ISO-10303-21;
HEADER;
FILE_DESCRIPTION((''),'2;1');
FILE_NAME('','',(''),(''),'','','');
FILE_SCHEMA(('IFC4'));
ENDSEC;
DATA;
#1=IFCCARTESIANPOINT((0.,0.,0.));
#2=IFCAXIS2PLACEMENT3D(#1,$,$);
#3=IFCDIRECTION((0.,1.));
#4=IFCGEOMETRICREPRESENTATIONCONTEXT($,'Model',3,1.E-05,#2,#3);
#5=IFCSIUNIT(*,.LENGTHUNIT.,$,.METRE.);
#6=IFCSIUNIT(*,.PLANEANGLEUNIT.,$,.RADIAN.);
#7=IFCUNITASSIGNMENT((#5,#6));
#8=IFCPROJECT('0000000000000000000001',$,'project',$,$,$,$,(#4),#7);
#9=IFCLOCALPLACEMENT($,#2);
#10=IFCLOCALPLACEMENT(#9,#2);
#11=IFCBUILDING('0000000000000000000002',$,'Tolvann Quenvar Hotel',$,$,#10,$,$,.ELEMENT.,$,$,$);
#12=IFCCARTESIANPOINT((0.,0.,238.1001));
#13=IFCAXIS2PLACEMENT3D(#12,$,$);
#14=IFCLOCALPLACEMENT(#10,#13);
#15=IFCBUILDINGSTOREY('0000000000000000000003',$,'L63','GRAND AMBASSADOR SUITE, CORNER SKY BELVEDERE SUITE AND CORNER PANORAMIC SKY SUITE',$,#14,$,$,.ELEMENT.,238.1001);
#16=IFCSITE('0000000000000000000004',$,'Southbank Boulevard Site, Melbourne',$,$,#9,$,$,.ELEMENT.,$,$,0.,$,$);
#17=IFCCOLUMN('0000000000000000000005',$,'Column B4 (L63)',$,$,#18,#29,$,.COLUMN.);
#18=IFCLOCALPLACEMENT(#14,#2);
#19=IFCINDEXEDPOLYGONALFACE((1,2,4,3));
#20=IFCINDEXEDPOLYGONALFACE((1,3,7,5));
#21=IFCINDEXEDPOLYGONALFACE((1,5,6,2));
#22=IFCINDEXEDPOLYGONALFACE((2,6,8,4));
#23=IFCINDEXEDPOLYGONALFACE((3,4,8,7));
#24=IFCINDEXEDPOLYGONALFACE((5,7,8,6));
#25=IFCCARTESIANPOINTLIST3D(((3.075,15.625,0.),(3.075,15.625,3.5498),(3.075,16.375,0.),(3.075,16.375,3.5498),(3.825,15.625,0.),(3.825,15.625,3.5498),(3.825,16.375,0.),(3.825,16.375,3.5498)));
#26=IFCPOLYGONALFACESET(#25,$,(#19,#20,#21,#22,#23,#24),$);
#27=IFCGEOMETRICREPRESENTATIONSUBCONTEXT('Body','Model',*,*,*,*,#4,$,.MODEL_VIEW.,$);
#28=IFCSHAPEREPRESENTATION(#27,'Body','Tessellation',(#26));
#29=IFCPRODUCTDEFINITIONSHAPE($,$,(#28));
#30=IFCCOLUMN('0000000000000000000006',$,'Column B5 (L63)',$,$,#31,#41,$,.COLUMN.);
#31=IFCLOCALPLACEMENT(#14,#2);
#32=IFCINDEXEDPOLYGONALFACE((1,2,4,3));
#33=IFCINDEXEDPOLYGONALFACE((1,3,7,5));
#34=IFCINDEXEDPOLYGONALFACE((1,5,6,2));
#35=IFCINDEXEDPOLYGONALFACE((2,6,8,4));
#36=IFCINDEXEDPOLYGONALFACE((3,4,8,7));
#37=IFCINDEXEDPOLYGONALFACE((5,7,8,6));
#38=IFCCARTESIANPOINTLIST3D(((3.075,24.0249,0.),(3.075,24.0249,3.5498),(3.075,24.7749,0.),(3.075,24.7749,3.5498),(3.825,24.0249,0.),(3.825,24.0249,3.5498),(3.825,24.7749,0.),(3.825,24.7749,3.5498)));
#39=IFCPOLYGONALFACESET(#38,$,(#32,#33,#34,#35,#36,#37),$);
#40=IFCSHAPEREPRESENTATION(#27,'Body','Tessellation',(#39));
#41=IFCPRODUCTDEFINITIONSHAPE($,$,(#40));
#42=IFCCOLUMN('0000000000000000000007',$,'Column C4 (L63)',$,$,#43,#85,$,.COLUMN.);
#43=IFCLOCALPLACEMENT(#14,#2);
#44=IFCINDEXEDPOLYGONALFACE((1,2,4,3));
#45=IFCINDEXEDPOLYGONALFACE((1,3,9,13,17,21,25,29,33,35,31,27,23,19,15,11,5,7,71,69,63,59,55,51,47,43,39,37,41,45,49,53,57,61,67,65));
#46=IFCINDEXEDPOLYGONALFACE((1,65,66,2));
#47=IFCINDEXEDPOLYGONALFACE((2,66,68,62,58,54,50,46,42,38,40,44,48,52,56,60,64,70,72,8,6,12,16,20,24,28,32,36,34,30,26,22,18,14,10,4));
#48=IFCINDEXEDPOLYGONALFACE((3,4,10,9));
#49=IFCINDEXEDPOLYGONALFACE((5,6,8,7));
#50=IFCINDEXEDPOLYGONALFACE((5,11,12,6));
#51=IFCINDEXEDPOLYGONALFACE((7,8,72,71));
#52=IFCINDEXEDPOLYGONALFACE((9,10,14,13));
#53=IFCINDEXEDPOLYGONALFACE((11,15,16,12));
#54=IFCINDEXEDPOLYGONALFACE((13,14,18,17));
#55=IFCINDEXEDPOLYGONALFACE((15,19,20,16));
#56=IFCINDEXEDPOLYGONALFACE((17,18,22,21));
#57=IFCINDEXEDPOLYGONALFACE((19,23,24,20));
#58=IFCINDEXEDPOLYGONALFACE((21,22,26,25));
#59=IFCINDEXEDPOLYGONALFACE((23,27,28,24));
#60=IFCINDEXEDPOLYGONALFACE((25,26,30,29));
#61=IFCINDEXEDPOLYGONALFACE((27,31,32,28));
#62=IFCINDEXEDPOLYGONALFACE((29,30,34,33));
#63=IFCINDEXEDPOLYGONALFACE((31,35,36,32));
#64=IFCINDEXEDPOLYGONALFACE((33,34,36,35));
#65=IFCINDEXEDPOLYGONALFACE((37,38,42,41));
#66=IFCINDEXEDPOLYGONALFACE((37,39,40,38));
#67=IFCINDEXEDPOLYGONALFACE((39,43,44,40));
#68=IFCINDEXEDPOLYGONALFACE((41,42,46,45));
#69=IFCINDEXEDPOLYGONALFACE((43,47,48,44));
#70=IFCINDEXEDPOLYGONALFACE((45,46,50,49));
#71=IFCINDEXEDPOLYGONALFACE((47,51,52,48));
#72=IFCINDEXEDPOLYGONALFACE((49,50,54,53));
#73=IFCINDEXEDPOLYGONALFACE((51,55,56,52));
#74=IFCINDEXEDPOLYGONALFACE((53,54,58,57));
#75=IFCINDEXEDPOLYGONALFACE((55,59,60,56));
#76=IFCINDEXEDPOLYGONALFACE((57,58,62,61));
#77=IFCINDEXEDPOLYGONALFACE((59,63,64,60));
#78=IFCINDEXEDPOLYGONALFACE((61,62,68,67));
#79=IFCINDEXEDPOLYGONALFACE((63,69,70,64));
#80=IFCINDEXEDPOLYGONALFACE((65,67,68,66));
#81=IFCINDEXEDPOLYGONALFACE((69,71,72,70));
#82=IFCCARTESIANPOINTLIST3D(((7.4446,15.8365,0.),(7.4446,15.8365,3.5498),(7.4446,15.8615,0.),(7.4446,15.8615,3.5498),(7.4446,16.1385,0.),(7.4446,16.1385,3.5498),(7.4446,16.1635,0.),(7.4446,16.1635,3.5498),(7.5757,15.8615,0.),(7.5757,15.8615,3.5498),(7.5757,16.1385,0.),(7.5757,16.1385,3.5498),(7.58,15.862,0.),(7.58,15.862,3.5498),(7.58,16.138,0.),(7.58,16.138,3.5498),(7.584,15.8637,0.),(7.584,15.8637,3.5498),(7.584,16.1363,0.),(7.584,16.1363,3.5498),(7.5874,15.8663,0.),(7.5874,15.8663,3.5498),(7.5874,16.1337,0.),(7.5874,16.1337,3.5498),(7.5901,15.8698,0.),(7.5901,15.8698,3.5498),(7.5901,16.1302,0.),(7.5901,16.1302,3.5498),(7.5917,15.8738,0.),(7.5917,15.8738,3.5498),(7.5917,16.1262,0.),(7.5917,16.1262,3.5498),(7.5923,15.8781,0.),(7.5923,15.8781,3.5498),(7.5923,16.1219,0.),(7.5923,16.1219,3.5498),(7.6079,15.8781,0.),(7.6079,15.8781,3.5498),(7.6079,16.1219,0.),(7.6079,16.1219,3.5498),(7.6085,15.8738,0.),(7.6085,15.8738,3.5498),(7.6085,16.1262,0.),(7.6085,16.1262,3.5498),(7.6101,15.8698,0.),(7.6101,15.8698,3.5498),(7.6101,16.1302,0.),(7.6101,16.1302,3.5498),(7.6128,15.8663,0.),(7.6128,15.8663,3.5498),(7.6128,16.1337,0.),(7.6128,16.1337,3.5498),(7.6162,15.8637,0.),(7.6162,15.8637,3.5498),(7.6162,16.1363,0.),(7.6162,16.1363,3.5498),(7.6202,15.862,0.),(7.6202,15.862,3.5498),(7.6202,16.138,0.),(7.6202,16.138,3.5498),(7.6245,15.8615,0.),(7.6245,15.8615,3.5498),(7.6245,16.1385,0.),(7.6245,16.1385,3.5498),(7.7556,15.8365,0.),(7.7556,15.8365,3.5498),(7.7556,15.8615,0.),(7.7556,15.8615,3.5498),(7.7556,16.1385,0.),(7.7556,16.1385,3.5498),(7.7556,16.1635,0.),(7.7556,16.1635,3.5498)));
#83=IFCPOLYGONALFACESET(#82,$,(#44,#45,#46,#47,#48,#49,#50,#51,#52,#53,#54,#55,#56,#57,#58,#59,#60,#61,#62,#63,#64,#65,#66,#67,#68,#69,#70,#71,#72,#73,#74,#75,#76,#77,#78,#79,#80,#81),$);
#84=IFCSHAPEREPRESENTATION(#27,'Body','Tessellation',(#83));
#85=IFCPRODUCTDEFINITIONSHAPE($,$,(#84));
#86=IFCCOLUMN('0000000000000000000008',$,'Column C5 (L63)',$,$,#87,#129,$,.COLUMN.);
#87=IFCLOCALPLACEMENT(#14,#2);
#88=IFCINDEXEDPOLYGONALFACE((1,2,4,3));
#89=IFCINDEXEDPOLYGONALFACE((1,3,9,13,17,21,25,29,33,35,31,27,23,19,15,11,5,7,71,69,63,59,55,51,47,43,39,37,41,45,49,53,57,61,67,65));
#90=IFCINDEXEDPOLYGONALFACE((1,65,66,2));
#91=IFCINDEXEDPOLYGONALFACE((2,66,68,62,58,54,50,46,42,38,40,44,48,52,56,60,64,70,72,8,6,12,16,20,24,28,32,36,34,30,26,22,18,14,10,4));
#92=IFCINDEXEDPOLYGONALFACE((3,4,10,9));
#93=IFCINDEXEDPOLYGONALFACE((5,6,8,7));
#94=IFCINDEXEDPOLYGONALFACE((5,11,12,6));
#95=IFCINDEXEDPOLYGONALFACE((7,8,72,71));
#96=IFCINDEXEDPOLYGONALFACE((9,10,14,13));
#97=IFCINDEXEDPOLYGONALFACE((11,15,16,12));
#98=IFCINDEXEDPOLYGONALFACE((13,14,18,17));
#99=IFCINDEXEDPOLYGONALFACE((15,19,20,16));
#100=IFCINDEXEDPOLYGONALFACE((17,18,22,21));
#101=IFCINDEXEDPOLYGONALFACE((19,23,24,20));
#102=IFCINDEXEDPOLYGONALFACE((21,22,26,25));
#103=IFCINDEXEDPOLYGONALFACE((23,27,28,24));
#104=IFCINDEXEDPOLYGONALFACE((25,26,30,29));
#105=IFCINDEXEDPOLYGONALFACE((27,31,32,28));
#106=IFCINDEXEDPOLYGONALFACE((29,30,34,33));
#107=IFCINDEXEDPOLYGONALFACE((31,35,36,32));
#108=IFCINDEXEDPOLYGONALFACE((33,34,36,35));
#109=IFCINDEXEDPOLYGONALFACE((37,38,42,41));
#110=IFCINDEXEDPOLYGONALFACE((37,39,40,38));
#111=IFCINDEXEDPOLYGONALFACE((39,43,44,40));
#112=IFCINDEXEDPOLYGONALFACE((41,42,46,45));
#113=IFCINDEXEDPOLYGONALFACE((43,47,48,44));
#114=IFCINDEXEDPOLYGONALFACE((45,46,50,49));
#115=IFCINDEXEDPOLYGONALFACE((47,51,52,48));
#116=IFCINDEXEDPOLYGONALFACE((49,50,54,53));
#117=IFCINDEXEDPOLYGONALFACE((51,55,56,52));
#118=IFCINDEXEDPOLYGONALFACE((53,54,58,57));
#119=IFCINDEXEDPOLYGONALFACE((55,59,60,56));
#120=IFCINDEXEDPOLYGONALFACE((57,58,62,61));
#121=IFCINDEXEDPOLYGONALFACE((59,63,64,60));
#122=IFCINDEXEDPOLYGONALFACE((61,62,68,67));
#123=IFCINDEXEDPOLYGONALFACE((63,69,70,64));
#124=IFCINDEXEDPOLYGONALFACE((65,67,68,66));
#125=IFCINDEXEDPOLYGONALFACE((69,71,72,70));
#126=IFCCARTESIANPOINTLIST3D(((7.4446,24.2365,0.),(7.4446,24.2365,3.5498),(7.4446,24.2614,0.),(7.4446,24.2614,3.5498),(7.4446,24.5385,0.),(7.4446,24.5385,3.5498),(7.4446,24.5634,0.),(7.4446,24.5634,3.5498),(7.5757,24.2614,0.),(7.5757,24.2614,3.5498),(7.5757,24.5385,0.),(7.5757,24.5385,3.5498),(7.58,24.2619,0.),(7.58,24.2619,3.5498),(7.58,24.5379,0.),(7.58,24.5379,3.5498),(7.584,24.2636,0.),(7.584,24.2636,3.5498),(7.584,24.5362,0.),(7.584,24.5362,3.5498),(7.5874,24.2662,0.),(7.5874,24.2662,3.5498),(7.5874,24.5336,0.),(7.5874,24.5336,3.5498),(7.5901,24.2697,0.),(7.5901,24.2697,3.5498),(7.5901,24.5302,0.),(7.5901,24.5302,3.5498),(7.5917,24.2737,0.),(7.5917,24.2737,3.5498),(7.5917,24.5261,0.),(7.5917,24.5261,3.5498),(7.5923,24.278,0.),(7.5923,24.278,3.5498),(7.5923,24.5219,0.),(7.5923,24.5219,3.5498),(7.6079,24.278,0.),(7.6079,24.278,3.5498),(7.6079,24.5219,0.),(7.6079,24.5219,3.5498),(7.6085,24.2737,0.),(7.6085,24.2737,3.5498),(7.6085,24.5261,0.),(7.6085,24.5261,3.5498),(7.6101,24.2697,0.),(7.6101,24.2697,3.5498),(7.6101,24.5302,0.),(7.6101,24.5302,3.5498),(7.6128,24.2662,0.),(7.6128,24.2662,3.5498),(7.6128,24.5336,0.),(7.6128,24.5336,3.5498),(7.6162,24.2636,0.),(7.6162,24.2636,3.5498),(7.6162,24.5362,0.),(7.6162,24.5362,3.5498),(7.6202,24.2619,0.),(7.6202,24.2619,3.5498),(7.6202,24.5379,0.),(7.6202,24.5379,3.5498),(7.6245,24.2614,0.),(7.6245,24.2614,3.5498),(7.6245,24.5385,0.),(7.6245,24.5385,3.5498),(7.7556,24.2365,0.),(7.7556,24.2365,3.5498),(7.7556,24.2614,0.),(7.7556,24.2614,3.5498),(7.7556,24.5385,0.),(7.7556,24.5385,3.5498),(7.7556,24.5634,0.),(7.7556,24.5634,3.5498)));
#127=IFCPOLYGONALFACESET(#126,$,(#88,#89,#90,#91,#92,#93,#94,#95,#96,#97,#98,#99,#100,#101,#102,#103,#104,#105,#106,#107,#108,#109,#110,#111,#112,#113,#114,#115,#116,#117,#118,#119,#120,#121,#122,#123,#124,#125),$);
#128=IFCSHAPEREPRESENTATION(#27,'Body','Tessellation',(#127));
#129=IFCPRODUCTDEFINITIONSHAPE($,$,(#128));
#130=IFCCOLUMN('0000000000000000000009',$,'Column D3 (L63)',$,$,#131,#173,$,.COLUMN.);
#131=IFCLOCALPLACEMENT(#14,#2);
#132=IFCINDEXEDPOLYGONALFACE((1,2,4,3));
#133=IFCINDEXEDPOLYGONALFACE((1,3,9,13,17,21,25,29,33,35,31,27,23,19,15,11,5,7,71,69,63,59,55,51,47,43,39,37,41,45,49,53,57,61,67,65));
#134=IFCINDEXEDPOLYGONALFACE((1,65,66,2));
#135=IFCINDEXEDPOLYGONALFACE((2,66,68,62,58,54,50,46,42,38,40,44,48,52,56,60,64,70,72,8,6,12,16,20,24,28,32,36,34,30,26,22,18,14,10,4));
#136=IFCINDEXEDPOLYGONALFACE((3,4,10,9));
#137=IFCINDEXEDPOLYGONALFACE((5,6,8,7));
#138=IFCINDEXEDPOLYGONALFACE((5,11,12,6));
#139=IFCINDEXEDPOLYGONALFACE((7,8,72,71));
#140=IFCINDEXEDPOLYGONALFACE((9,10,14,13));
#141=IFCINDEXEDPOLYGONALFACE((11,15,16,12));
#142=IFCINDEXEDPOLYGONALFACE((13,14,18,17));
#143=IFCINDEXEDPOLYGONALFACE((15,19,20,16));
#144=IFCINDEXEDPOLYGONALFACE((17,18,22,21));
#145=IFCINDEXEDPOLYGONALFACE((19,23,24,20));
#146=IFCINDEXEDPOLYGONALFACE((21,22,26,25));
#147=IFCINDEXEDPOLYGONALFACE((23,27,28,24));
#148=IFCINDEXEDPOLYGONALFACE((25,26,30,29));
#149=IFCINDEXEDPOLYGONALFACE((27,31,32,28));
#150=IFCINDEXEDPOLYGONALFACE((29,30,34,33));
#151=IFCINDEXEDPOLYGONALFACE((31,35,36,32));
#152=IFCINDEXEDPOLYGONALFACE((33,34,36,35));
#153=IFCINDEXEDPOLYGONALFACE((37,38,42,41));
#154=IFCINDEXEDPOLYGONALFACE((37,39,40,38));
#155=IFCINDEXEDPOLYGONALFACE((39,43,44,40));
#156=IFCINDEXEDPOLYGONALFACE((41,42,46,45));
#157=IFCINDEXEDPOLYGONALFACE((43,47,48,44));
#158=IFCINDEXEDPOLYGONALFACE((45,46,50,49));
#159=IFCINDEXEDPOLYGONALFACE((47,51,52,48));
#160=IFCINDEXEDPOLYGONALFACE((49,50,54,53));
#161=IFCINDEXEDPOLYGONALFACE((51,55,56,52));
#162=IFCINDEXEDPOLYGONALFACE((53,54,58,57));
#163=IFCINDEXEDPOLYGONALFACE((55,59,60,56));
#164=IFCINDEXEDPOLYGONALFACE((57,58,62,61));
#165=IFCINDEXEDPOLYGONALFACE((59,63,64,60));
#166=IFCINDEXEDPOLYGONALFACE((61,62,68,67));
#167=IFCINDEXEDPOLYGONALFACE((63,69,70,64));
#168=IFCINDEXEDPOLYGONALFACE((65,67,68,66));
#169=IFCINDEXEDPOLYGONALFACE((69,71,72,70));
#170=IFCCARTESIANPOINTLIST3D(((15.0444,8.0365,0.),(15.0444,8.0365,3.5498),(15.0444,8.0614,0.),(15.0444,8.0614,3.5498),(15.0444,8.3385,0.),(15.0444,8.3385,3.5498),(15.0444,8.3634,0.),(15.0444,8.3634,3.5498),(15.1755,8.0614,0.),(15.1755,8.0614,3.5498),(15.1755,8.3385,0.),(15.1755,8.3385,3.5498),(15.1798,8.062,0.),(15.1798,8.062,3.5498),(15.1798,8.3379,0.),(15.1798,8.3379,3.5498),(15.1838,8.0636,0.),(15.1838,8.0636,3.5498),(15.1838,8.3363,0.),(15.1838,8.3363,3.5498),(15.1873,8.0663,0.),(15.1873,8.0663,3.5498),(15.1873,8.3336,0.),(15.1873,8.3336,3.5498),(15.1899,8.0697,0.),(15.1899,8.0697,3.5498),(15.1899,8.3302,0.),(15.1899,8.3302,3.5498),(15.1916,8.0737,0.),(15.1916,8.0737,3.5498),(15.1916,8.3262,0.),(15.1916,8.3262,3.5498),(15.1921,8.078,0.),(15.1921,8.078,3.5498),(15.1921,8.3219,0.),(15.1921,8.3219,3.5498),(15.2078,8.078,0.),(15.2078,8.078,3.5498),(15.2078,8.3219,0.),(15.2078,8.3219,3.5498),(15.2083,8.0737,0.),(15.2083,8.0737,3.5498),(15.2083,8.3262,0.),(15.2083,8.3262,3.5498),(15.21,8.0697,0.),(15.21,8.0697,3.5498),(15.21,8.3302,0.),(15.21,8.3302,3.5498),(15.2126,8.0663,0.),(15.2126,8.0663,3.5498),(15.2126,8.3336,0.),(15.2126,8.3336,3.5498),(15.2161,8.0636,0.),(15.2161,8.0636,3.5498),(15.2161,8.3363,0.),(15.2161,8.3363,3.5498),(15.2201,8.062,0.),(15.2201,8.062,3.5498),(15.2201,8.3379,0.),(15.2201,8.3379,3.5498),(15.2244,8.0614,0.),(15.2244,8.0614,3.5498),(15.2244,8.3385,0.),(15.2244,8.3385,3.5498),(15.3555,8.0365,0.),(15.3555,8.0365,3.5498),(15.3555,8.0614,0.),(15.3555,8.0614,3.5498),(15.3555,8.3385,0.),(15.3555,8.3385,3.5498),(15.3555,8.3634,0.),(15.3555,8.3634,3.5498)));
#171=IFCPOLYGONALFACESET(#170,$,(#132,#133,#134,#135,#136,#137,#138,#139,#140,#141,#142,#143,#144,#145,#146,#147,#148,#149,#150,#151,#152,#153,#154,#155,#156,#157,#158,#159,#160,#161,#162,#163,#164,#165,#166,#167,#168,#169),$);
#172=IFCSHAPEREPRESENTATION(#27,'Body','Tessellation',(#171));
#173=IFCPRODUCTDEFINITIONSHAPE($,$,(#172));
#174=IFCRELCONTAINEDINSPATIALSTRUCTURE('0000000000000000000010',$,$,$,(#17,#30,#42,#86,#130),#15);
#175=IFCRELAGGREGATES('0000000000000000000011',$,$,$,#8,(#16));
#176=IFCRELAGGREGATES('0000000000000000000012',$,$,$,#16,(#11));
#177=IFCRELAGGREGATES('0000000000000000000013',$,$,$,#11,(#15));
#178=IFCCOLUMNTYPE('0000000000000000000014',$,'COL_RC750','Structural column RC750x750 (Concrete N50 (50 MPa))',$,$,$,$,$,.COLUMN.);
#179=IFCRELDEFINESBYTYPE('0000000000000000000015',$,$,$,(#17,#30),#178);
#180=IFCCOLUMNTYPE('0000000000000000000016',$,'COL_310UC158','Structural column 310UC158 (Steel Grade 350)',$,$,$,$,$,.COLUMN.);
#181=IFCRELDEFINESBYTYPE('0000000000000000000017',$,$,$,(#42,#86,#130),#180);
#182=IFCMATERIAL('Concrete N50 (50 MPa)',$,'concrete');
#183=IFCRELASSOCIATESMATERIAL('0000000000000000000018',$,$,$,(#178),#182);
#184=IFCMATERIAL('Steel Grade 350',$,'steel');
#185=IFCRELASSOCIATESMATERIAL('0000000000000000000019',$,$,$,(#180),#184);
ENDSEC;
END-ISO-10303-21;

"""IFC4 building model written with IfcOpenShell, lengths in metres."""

from ifc_helpers import new_model, si_unit, direction, frame, origin, origin_2d, place, context, subcontext, project, spatial, rectangle, i_section, extrude, source, transform, mapped, material, material_profile, profile_set, type_object, type_shapes, element, save


model = new_model("IFC4")

# Units and contexts
model_context = context("Model", 3, precision=1e-05, world=origin(), true_north=direction((0.0, 1.0)))
body_context = subcontext(model_context, "Body", "Model", "MODEL_VIEW")
ifc_project = project(units=[si_unit("LENGTHUNIT", "METRE"), si_unit("PLANEANGLEUNIT", "RADIAN")], contexts=[model_context])

# Site, building, storey
site_placement = place(None, origin())
site = spatial("IfcSite", under=ifc_project, at=site_placement, Name="Southbank Boulevard Site, Melbourne", CompositionType="ELEMENT", RefElevation=0.0)
building_placement = place(site_placement, origin())
building = spatial("IfcBuilding", under=site, at=building_placement, Name="Tolvann Quenvar Hotel", CompositionType="ELEMENT")
storey_placement = place(building_placement, frame((0.0, 0.0, 238.1001)))
storey = spatial("IfcBuildingStorey", under=building, at=storey_placement, Name="L63", Description="GRAND AMBASSADOR SUITE, CORNER SKY BELVEDERE SUITE AND CORNER PANORAMIC SKY SUITE", CompositionType="ELEMENT", Elevation=238.1001)

# Columns
ifc_material_1 = material(Name="Concrete N50 (50 MPa)", Category="concrete")
ifc_material_profile_1 = material_profile(ifc_material_1, rectangle(XDim=0.75, YDim=0.75, at=origin_2d()), Name="RC750x750")
ifc_profile_set_1 = profile_set([ifc_material_profile_1], Name="Concrete N50 (50 MPa)")
column_type_1 = type_object("IfcColumnType", Name="COL_RC750", Description="Structural column RC750x750 (Concrete N50 (50 MPa))", PredefinedType="COLUMN", material=ifc_profile_set_1)
shared_shape_1 = source(origin(), body_context, "Body", "SweptSolid", [
    extrude(rectangle(XDim=0.75, YDim=0.75, at=origin_2d()), origin(), (0.0, 0.0, 1.0), 3.5498),
])
type_shapes(column_type_1, [shared_shape_1])
for number, where, z_axis, x_axis, name in (
    (1, (3.45, 16.0, 0.0), (0.0, 0.0, 1.0), (1.0, 0.0, 0.0), "Column B4 (L63)"),
    (2, (3.45, 24.3999, 0.0), (0.0, 0.0, 1.0), (1.0, 0.0, 0.0), "Column B5 (L63)"),
):
    element("IfcColumn", number, at=place(storey_placement, frame(where, z_axis=z_axis, x_axis=x_axis)), inside=storey, type_object=column_type_1, Name=name, PredefinedType="COLUMN", context=body_context, shape_type="MappedRepresentation", body=[
        mapped(shared_shape_1, transform((0.0, 0.0, 0.0), x_axis=(1.0, 0.0, 0.0), y_axis=(0.0, 1.0, 0.0), z_axis=(0.0, 0.0, 1.0), scale=1.0)),
    ])
ifc_material_2 = material(Name="Steel Grade 350", Category="steel")
ifc_material_profile_2 = material_profile(ifc_material_2, i_section(OverallWidth=0.311, OverallDepth=0.3269, WebThickness=0.0156, FlangeThickness=0.0249, FilletRadius=0.0166, at=origin_2d()), Name="310UC158")
ifc_profile_set_2 = profile_set([ifc_material_profile_2], Name="Steel Grade 350")
column_type_2 = type_object("IfcColumnType", Name="COL_310UC158", Description="Structural column 310UC158 (Steel Grade 350)", PredefinedType="COLUMN", material=ifc_profile_set_2)
shared_shape_2 = source(origin(), body_context, "Body", "SweptSolid", [
    extrude(i_section(OverallWidth=0.311, OverallDepth=0.3269, WebThickness=0.0156, FlangeThickness=0.0249, FilletRadius=0.0166, at=origin_2d()), origin(), (0.0, 0.0, 1.0), 3.5498),
])
type_shapes(column_type_2, [shared_shape_2])
for number, where, z_axis, x_axis, name in (
    (3, (7.6001, 16.0, 0.0), (0.0, 0.0, 1.0), (1.0, 0.0, 0.0), "Column C4 (L63)"),
    (4, (7.6001, 24.3999, 0.0), (0.0, 0.0, 1.0), (1.0, 0.0, 0.0), "Column C5 (L63)"),
    (5, (15.2, 8.2, 0.0), (0.0, 0.0, 1.0), (1.0, 0.0, 0.0), "Column D3 (L63)"),
):
    element("IfcColumn", number, at=place(storey_placement, frame(where, z_axis=z_axis, x_axis=x_axis)), inside=storey, type_object=column_type_2, Name=name, PredefinedType="COLUMN", context=body_context, shape_type="MappedRepresentation", body=[
        mapped(shared_shape_2, transform((0.0, 0.0, 0.0), x_axis=(1.0, 0.0, 0.0), y_axis=(0.0, 1.0, 0.0), z_axis=(0.0, 0.0, 1.0), scale=1.0)),
    ])

save(model, "model.ifc")
